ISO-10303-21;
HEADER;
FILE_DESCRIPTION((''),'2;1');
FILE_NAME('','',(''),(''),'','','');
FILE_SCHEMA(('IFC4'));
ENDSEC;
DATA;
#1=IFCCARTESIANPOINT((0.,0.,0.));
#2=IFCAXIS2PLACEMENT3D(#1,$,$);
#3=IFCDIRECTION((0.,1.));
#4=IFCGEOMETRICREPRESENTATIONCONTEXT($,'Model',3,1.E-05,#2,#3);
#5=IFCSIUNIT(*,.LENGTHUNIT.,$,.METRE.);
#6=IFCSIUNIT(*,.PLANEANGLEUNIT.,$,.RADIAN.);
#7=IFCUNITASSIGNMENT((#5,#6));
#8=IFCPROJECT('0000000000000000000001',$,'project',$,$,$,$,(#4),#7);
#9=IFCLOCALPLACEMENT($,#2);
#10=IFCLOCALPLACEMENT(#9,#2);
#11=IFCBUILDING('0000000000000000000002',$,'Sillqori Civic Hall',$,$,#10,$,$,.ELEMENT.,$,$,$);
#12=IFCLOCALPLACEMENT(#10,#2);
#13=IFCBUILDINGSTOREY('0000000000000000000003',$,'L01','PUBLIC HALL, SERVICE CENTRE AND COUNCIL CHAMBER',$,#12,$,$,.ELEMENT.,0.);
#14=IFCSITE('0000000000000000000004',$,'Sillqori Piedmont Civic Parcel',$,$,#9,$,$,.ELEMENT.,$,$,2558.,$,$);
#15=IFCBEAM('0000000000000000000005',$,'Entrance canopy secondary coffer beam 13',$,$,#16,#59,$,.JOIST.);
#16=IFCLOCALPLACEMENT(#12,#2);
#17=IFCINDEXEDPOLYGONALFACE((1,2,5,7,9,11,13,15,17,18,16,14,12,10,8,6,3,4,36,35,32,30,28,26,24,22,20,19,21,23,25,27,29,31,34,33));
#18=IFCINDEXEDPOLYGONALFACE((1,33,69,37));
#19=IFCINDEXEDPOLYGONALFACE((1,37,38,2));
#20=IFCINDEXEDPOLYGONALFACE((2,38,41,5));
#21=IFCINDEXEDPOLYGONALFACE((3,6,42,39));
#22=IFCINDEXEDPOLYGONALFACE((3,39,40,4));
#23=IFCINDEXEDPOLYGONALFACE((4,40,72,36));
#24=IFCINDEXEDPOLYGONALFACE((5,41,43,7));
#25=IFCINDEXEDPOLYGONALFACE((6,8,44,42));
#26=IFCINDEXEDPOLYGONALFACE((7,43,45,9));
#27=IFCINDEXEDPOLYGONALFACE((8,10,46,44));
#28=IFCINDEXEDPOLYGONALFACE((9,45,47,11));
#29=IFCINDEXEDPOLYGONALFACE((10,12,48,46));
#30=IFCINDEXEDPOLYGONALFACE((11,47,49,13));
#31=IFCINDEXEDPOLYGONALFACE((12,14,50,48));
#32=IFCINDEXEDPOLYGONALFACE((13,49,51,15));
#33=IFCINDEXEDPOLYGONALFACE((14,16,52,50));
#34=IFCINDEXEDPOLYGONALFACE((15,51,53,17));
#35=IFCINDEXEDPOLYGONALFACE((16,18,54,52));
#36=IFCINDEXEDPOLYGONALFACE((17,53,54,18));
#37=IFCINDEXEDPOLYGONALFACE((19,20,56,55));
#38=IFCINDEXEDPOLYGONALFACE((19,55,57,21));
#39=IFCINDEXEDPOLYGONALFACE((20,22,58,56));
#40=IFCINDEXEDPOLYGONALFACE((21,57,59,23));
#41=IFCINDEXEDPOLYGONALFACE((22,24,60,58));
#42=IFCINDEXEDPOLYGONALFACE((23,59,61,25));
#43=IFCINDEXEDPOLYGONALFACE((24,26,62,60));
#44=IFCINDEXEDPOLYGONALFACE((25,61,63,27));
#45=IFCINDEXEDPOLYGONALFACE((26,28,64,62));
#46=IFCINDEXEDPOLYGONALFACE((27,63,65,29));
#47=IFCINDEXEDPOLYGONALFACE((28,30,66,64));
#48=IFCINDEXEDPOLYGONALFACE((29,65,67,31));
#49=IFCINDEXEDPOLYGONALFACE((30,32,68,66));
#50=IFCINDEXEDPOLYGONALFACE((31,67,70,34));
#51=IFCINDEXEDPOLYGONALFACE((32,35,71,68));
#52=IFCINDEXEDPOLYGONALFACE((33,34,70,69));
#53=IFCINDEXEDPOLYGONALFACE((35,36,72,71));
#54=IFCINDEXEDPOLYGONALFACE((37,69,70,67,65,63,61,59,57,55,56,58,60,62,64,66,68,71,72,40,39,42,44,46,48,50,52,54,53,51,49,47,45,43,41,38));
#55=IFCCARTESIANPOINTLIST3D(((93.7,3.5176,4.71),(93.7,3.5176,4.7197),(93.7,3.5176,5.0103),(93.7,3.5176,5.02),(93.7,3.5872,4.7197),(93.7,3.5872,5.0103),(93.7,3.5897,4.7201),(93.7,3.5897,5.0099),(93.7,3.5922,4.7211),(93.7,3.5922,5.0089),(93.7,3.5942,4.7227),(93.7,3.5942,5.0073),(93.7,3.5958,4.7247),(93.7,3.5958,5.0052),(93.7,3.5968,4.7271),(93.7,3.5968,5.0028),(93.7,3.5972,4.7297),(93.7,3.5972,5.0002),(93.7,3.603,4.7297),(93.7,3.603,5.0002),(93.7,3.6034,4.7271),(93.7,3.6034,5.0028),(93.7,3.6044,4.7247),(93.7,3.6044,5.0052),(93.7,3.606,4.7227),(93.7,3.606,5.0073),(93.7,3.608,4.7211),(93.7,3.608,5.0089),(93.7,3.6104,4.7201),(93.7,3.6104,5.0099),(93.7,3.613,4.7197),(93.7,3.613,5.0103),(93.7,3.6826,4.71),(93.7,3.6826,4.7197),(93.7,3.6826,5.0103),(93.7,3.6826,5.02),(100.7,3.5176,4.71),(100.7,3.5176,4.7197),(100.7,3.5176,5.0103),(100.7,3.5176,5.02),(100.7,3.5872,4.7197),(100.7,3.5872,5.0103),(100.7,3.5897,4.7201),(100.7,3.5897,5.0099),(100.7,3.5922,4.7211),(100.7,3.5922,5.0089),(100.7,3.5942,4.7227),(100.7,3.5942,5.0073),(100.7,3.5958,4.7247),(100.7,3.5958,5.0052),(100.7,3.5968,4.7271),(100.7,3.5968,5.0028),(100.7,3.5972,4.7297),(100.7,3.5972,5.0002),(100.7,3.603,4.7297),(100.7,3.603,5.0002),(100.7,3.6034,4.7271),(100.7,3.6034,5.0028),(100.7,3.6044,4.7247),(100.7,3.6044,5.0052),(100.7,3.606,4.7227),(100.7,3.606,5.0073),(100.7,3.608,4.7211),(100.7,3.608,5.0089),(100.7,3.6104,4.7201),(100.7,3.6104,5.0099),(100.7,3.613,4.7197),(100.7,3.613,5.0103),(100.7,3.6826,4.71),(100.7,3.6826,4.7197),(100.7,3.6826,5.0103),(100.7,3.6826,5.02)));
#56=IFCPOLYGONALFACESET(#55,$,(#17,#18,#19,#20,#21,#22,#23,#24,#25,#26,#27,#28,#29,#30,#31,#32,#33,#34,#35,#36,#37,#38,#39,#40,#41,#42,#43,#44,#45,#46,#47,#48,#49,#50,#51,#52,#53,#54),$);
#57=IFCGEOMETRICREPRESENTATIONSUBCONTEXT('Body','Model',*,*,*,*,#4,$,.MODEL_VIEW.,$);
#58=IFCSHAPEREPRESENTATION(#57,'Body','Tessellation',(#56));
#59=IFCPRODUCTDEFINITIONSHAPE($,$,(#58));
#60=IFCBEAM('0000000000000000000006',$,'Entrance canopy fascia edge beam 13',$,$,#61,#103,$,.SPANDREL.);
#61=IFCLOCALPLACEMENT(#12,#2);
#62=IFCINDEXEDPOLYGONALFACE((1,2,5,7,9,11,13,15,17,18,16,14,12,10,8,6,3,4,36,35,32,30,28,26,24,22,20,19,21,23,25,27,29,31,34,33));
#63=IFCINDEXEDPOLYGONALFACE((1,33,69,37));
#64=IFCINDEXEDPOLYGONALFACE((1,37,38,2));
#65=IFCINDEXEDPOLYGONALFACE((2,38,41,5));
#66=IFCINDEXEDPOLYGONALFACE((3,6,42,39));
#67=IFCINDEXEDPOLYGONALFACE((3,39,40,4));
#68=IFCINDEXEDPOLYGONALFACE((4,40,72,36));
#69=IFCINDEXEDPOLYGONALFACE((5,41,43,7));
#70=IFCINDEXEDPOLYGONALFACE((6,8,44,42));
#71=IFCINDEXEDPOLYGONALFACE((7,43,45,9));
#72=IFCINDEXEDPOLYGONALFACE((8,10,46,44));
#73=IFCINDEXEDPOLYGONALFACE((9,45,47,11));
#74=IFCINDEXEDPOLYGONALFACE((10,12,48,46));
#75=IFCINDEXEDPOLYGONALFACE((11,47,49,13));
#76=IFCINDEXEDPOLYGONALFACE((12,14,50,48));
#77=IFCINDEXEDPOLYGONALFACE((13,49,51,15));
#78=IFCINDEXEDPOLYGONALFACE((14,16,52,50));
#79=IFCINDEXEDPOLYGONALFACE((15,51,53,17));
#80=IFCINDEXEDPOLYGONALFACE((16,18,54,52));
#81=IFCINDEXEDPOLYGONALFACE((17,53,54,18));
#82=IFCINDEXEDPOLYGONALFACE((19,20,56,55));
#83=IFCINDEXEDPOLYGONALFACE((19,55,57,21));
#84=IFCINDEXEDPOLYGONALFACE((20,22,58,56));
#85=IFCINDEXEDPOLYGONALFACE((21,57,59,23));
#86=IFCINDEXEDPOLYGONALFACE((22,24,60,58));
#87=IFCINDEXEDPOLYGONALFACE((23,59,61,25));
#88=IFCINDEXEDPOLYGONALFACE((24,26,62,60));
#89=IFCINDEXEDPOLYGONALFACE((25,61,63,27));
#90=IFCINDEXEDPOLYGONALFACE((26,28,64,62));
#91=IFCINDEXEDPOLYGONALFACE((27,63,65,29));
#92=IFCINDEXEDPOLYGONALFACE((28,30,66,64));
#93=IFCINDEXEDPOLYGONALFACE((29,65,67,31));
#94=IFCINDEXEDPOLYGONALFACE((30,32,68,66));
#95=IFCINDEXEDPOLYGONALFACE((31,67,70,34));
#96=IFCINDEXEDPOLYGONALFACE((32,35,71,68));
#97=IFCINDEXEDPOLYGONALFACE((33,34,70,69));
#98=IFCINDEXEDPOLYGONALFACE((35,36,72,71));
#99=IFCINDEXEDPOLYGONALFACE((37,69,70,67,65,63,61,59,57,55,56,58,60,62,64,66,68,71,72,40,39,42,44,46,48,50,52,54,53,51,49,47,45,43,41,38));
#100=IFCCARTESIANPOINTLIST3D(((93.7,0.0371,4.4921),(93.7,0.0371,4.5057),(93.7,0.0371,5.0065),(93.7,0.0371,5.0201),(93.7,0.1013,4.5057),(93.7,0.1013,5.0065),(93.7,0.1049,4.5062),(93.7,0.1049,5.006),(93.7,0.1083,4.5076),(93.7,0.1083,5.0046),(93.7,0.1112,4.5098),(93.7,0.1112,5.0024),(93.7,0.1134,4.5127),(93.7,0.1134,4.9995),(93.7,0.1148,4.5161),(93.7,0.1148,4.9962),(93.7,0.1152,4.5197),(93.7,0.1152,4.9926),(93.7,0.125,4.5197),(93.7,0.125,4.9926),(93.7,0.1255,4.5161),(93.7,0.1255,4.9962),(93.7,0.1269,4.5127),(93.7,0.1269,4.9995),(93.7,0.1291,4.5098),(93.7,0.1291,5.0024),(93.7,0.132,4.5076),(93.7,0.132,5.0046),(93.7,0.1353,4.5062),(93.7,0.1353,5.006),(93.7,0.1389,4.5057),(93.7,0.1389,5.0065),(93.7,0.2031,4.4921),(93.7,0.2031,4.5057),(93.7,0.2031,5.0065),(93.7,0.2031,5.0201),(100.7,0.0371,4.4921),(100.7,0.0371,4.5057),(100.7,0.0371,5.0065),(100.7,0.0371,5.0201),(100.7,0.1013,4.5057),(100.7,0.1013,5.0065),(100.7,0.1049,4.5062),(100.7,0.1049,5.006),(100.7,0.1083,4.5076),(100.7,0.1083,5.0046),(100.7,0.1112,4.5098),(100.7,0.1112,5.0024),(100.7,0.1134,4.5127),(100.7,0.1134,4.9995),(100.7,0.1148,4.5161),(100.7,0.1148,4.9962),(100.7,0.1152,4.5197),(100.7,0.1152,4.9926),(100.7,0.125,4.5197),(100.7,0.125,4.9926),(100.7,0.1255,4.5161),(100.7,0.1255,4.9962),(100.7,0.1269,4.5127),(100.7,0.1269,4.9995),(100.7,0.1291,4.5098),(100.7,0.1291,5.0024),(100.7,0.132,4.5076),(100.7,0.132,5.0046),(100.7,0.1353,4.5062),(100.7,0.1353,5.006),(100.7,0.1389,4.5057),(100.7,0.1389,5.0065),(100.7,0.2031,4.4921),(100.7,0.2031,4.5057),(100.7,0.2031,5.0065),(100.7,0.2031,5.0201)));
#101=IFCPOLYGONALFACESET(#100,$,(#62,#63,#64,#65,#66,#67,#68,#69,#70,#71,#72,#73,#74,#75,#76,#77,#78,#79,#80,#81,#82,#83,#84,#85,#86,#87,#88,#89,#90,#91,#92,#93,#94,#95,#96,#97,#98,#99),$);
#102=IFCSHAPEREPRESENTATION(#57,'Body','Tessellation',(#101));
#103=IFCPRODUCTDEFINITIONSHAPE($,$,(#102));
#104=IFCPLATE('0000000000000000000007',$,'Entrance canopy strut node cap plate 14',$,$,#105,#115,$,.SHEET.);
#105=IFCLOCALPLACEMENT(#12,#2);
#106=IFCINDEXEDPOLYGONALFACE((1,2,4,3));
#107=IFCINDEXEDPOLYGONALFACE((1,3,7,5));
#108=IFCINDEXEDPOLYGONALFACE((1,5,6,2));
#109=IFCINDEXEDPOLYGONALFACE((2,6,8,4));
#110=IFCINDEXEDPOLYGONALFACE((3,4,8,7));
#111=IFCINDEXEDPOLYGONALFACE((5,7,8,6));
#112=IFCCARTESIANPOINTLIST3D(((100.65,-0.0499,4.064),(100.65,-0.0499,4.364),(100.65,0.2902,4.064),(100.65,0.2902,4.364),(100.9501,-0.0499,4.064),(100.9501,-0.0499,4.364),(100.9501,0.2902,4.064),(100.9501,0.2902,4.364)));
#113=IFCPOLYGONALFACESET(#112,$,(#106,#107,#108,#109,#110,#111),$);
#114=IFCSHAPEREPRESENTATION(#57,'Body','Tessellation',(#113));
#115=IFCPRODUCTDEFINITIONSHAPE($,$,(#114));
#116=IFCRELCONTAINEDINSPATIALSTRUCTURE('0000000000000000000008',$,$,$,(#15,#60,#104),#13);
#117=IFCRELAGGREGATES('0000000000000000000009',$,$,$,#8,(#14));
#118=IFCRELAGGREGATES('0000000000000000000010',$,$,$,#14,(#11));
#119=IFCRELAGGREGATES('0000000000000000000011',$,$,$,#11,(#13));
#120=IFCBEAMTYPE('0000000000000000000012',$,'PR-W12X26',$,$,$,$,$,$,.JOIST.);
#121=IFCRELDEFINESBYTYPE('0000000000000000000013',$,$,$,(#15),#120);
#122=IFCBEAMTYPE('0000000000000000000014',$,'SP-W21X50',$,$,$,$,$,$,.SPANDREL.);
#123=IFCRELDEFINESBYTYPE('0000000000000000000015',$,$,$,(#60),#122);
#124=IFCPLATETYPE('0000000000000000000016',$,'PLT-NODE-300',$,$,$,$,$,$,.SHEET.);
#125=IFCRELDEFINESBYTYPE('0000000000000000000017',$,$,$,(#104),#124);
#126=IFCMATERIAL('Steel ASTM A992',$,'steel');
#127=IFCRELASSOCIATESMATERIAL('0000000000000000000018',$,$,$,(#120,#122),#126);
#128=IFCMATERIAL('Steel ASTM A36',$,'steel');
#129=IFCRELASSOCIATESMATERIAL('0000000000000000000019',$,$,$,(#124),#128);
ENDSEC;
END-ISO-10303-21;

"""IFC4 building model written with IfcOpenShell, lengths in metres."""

from ifc_helpers import new_model, si_unit, direction, frame, origin, origin_2d, place, context, subcontext, project, spatial, rectangle, i_section, extrude, material, material_profile, profile_set, type_object, element, save


model = new_model("IFC4")

# Units and contexts
model_context = context("Model", 3, precision=1e-05, world=origin(), true_north=direction((0.0, 1.0)))
body_context = subcontext(model_context, "Body", "Model", "MODEL_VIEW")
ifc_project = project(units=[si_unit("LENGTHUNIT", "METRE"), si_unit("PLANEANGLEUNIT", "RADIAN")], contexts=[model_context])

# Site, building, storey
site_placement = place(None, origin())
site = spatial("IfcSite", under=ifc_project, at=site_placement, Name="Sillqori Piedmont Civic Parcel", CompositionType="ELEMENT", RefElevation=2558.0)
building_placement = place(site_placement, origin())
building = spatial("IfcBuilding", under=site, at=building_placement, Name="Sillqori Civic Hall", CompositionType="ELEMENT")
storey_placement = place(building_placement, origin())
storey = spatial("IfcBuildingStorey", under=building, at=storey_placement, Name="L01", Description="PUBLIC HALL, SERVICE CENTRE AND COUNCIL CHAMBER", CompositionType="ELEMENT", Elevation=0.0)

# Shared definitions
ifc_material_1 = material(Name="Steel ASTM A992", Category="steel")

# Beams
ifc_material_profile_1 = material_profile(ifc_material_1, i_section(OverallWidth=0.165, OverallDepth=0.3101, WebThickness=0.0059, FlangeThickness=0.0098, FilletRadius=0.01, at=origin_2d()), Name="W12X26")
ifc_profile_set_1 = profile_set([ifc_material_profile_1], Name="Steel ASTM A992")
beam_type_1 = type_object("IfcBeamType", Name="PR-W12X26", PredefinedType="JOIST", material=ifc_profile_set_1)
beam_1_placement = place(storey_placement, frame((93.7, 3.6001, 4.865), z_axis=(1.0, 0.0, 0.0), x_axis=(0.0, 1.0, 0.0)))
element("IfcBeam", 1, at=beam_1_placement, inside=storey, type_object=beam_type_1, Name="Entrance canopy secondary coffer beam 13", PredefinedType="JOIST", context=body_context, shape_type="SweptSolid", body=[
    extrude(i_section(OverallWidth=0.165, OverallDepth=0.3101, WebThickness=0.0059, FlangeThickness=0.0098, FilletRadius=0.01, at=origin_2d()), origin(), (0.0, 0.0, 1.0), 7.0),
])
ifc_material_profile_2 = material_profile(ifc_material_1, i_section(OverallWidth=0.166, OverallDepth=0.5281, WebThickness=0.0098, FlangeThickness=0.0137, FilletRadius=0.0139, at=origin_2d()), Name="W21X50")
ifc_profile_set_2 = profile_set([ifc_material_profile_2], Name="Steel ASTM A992")
beam_type_2 = type_object("IfcBeamType", Name="SP-W21X50", PredefinedType="SPANDREL", material=ifc_profile_set_2)
beam_2_placement = place(storey_placement, frame((93.7, 0.1201, 4.7561), z_axis=(1.0, 0.0, 0.0), x_axis=(0.0, 1.0, 0.0)))
element("IfcBeam", 2, at=beam_2_placement, inside=storey, type_object=beam_type_2, Name="Entrance canopy fascia edge beam 13", PredefinedType="SPANDREL", context=body_context, shape_type="SweptSolid", body=[
    extrude(i_section(OverallWidth=0.166, OverallDepth=0.5281, WebThickness=0.0098, FlangeThickness=0.0137, FilletRadius=0.0139, at=origin_2d()), origin(), (0.0, 0.0, 1.0), 7.0),
])

# Plate
ifc_material_2 = material(Name="Steel ASTM A36", Category="steel")
plate_type_1 = type_object("IfcPlateType", Name="PLT-NODE-300", PredefinedType="SHEET", material=ifc_material_2)
plate_1_placement = place(storey_placement, frame((100.8, 0.1201, 4.064), z_axis=(0.0, 0.0, 1.0), x_axis=(1.0, 0.0, 0.0)))
element("IfcPlate", 3, at=plate_1_placement, inside=storey, type_object=plate_type_1, Name="Entrance canopy strut node cap plate 14", PredefinedType="SHEET", context=body_context, shape_type="SweptSolid", body=[
    extrude(rectangle(XDim=0.3, YDim=0.3401, at=origin_2d()), origin(), (0.0, 0.0, 1.0), 0.3),
])

save(model, "model.ifc")
